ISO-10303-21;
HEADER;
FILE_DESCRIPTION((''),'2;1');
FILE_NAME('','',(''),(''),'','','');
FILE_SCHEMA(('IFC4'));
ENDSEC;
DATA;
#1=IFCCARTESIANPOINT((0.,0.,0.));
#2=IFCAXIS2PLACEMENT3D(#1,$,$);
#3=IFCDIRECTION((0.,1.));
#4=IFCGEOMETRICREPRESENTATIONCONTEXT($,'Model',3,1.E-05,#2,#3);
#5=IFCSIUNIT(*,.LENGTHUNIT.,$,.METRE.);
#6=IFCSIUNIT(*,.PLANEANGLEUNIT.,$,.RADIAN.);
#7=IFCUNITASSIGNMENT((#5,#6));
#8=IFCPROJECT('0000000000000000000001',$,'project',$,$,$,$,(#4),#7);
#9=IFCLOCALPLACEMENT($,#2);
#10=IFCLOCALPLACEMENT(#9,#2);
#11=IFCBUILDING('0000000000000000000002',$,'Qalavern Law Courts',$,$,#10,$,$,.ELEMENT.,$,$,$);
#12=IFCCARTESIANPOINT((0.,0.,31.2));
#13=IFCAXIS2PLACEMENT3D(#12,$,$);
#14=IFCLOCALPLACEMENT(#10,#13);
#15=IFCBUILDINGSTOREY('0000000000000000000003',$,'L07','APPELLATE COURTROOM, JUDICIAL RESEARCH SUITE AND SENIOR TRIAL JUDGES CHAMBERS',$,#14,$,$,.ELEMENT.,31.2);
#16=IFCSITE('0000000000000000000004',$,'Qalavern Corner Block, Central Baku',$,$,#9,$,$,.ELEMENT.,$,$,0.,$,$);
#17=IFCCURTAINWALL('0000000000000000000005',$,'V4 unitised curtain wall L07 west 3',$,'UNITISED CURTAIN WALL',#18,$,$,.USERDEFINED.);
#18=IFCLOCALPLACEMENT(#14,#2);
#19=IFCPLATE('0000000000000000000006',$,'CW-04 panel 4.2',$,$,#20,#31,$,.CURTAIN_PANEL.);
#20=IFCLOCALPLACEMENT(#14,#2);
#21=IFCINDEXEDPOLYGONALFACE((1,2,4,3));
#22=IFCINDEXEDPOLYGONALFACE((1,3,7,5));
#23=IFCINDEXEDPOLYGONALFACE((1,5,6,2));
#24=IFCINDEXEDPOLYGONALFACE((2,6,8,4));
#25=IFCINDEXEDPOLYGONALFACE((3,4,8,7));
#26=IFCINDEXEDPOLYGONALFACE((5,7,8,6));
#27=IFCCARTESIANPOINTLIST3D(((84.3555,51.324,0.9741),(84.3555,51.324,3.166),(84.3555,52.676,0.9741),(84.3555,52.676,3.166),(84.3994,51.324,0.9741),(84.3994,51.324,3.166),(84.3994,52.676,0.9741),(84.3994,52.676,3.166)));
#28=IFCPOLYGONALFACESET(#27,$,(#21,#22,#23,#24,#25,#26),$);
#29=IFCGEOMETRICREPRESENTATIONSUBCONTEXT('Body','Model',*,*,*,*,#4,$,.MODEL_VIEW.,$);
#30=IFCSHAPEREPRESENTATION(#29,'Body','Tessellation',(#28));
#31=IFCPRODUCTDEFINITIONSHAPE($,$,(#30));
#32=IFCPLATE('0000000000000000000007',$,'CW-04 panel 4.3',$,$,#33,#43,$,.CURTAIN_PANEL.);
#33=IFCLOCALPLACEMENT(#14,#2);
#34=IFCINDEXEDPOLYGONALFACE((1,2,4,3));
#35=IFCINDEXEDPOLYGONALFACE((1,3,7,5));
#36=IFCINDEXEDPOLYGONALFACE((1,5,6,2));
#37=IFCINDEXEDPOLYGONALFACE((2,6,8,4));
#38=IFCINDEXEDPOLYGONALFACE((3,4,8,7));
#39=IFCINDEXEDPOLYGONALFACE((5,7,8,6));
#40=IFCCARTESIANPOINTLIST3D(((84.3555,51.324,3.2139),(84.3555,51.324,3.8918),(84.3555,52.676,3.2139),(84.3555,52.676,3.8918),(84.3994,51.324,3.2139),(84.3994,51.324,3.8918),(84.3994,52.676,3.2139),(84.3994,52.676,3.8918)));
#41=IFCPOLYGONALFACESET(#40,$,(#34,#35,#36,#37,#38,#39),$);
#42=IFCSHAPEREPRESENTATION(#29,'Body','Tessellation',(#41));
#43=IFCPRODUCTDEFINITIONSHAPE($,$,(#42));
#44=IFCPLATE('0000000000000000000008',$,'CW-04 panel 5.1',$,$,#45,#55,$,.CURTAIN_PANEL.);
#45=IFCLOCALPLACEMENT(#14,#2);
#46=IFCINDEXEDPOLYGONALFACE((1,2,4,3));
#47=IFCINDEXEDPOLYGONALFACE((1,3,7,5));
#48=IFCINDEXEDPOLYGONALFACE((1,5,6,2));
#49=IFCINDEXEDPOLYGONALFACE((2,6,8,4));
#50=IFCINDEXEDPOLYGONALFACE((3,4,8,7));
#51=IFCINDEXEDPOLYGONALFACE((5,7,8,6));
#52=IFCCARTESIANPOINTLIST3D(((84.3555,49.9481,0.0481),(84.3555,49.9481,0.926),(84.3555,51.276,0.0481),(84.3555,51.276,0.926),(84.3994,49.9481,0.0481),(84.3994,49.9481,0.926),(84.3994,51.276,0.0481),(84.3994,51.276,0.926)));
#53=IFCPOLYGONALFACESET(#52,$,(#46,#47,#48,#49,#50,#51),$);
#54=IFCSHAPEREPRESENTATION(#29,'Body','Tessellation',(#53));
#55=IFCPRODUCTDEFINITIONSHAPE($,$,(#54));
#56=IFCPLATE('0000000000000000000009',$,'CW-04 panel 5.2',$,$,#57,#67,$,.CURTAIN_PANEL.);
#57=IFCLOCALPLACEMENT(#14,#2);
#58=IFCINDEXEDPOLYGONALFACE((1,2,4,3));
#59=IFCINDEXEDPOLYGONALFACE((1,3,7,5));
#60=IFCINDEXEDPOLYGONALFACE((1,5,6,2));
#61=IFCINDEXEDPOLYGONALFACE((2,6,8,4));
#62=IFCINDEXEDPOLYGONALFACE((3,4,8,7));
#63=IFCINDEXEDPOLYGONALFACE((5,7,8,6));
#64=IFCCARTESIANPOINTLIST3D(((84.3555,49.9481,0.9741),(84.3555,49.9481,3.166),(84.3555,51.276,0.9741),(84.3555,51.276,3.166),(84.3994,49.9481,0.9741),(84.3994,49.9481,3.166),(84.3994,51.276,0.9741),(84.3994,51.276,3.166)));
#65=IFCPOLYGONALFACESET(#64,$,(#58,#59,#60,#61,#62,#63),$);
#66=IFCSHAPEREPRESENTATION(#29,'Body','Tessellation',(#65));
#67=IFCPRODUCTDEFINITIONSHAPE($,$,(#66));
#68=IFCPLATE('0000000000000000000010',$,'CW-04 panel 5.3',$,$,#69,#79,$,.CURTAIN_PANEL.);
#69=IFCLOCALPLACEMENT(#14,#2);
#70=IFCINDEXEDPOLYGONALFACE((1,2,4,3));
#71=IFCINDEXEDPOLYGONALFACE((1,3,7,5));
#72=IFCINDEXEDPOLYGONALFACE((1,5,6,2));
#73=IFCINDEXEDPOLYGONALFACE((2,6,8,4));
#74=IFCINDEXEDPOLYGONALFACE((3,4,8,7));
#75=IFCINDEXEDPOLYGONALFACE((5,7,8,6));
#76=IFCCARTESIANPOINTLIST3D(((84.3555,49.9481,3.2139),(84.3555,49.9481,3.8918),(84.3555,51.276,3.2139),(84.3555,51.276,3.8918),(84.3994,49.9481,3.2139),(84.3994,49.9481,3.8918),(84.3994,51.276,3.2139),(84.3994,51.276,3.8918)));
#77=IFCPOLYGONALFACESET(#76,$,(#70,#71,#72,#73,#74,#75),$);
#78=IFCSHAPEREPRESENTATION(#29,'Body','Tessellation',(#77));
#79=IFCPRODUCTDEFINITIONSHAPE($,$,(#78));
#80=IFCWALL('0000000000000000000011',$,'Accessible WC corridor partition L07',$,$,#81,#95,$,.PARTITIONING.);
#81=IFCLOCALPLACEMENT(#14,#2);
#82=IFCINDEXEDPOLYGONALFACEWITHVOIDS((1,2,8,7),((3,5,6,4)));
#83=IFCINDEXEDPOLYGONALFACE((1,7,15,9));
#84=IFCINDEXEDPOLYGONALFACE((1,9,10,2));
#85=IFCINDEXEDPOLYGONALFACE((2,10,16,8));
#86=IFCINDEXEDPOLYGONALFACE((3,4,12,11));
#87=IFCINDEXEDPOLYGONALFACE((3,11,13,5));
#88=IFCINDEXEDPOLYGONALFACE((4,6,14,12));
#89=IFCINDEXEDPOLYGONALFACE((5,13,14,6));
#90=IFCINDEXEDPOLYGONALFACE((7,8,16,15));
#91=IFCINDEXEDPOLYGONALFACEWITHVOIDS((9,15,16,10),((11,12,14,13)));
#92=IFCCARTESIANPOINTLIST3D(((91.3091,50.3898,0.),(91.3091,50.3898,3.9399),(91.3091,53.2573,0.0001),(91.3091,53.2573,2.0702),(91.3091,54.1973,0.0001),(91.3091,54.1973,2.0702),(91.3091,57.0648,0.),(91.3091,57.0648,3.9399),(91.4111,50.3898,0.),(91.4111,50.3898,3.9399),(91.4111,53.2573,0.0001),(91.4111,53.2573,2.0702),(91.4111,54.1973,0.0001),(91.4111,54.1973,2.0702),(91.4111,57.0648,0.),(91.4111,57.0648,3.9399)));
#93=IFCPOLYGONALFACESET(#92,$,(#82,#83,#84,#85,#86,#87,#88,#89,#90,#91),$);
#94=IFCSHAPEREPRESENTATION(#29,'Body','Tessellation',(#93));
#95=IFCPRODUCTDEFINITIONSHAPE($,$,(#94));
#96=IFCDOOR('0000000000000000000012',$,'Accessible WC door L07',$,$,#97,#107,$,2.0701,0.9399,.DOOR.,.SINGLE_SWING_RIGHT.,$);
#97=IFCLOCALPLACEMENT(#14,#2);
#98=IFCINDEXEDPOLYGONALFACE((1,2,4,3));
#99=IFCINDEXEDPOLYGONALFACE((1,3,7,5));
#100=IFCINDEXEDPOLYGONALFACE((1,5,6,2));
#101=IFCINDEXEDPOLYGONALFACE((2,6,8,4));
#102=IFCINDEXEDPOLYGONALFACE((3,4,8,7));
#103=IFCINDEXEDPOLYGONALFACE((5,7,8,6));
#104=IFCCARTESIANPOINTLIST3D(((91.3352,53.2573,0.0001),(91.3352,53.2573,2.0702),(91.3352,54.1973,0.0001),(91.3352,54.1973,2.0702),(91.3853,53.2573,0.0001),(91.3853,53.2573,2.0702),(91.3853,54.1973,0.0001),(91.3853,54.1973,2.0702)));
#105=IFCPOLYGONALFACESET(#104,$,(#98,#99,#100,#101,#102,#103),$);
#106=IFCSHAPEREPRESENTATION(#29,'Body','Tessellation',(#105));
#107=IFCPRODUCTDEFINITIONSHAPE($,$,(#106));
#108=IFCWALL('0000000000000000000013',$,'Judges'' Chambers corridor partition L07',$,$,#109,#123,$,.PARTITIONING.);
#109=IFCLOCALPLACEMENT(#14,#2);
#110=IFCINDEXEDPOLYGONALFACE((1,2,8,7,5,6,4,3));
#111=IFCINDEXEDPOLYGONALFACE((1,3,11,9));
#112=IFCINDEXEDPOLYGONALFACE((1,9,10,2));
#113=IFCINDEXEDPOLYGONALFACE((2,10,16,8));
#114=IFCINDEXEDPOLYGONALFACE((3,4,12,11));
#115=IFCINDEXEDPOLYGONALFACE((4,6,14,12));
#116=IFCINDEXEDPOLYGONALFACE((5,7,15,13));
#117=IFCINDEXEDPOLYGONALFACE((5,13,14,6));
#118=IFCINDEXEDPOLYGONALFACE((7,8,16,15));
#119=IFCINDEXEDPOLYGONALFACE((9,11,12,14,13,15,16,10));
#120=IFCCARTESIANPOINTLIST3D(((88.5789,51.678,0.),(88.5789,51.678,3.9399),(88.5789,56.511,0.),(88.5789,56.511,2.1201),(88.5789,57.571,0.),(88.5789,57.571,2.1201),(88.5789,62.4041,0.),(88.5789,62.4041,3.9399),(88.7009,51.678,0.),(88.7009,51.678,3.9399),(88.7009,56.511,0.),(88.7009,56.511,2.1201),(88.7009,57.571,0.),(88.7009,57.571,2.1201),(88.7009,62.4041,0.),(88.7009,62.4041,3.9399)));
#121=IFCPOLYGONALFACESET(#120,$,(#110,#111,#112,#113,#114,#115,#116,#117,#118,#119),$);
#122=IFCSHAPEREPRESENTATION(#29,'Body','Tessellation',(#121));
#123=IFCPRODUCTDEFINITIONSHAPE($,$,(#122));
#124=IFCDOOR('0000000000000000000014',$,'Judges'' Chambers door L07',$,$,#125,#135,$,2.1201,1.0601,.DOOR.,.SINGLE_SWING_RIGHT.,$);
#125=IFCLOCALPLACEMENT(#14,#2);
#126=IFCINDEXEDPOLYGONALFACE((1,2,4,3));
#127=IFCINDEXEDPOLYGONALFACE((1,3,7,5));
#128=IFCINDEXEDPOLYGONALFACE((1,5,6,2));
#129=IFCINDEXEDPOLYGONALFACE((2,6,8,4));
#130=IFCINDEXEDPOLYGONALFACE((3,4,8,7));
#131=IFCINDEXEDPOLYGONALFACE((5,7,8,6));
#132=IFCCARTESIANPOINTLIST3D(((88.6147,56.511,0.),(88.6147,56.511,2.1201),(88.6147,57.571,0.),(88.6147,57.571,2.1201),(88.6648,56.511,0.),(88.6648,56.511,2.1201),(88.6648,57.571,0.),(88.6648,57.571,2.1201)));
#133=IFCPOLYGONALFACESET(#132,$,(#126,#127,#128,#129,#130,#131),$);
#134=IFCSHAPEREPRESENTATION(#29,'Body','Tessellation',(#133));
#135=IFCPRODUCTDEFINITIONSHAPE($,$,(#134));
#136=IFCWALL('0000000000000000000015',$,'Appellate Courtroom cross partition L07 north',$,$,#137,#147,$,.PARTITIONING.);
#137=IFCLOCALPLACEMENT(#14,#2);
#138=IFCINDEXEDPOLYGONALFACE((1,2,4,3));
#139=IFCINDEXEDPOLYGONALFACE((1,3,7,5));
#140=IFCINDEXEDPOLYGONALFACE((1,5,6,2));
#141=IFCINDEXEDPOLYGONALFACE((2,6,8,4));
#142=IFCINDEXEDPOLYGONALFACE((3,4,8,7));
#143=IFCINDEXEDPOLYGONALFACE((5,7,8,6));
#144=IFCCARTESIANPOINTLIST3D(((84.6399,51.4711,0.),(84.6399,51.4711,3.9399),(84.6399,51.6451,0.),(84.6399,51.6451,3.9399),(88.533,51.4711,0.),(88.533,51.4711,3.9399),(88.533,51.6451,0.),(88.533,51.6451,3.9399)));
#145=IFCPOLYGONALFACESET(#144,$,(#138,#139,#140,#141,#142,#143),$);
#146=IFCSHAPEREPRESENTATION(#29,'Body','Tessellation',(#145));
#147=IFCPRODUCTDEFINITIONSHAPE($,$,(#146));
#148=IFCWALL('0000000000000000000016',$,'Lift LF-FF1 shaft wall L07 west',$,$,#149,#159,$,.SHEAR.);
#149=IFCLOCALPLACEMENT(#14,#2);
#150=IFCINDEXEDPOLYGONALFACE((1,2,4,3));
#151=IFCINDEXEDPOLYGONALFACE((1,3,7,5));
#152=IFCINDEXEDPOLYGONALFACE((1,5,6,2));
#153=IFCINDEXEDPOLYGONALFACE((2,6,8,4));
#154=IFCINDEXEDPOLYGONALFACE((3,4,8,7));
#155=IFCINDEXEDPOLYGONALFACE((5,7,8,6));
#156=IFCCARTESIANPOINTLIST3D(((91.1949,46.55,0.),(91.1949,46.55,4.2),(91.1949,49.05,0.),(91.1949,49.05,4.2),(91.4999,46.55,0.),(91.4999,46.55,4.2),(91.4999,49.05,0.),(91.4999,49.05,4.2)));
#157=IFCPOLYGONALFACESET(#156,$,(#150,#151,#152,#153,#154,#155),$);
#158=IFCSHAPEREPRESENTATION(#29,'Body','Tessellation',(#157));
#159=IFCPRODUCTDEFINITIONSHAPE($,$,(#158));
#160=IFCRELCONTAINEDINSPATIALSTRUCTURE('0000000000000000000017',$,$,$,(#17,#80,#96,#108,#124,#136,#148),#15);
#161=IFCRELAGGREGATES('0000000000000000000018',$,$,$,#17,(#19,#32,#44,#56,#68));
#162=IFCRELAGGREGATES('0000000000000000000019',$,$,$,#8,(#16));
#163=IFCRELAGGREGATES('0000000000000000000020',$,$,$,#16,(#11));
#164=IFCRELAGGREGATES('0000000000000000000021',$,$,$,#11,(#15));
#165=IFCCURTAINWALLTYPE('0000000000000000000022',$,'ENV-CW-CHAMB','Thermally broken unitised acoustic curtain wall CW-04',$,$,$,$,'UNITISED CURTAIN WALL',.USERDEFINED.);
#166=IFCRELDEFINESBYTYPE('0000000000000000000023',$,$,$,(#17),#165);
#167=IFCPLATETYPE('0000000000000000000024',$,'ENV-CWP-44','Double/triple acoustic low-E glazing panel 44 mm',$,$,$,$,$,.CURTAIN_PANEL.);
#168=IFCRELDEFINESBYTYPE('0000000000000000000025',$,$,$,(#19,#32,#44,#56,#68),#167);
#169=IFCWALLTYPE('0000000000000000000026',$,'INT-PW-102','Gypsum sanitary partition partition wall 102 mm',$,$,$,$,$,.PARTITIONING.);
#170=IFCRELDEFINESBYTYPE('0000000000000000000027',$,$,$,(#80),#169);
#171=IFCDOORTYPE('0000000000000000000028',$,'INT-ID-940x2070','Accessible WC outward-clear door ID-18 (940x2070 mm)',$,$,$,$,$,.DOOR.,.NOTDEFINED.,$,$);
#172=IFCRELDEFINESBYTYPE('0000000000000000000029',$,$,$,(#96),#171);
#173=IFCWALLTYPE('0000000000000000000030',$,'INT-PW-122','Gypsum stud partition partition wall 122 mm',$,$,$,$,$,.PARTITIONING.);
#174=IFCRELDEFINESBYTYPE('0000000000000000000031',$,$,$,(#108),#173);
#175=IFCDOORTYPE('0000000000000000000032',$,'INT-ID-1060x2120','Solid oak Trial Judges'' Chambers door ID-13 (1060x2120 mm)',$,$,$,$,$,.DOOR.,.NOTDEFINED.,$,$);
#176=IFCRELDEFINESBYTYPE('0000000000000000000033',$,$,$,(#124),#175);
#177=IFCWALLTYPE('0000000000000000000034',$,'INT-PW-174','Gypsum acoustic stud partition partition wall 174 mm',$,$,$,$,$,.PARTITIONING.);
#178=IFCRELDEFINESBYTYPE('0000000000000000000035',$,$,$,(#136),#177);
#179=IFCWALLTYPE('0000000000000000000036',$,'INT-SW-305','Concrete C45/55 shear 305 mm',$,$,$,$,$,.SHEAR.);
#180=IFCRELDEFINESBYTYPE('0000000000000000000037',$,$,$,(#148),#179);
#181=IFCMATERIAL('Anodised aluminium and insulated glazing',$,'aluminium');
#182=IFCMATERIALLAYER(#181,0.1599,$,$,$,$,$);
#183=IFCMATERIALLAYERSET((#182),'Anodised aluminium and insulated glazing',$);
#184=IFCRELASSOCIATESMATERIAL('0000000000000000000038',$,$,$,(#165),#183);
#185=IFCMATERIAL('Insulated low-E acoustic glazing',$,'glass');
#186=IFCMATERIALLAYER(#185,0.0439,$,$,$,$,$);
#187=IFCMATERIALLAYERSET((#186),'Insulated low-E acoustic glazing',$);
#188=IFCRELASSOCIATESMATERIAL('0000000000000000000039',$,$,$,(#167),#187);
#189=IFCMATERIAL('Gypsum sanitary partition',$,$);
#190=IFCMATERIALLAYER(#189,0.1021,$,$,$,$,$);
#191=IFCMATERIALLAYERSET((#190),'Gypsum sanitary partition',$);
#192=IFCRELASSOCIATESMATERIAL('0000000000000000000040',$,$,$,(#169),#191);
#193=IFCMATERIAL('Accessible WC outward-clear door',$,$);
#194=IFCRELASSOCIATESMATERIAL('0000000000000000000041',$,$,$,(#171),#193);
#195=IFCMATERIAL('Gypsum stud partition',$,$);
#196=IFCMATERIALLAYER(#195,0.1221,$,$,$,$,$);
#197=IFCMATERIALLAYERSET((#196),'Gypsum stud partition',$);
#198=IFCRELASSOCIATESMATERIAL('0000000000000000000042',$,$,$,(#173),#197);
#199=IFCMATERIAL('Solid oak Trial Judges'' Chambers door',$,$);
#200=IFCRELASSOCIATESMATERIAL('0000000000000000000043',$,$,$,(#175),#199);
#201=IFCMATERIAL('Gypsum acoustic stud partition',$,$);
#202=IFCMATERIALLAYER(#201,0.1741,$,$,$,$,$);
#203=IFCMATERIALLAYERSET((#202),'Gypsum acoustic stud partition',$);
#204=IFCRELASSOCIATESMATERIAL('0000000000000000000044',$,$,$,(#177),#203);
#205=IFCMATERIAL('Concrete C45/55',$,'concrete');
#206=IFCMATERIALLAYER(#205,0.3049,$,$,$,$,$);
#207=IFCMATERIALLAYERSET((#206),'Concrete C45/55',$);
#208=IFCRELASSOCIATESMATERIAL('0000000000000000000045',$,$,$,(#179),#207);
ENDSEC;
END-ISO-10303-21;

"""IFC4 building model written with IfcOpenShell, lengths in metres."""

from ifc_helpers import new_model, si_unit, direction, frame, frame_2d, origin, origin_2d, place, context, subcontext, project, spatial, rectangle, extrude, material, layer, layer_set, type_object, element, fill, aggregate, save


model = new_model("IFC4")

# Units and contexts
model_context = context("Model", 3, precision=1e-05, world=origin(), true_north=direction((0.0, 1.0)))
body_context = subcontext(model_context, "Body", "Model", "MODEL_VIEW")
ifc_project = project(units=[si_unit("LENGTHUNIT", "METRE"), si_unit("PLANEANGLEUNIT", "RADIAN")], contexts=[model_context])

# Site, building, storey
site_placement = place(None, origin())
site = spatial("IfcSite", under=ifc_project, at=site_placement, Name="Qalavern Corner Block, Central Baku", CompositionType="ELEMENT", RefElevation=0.0)
building_placement = place(site_placement, origin())
building = spatial("IfcBuilding", under=site, at=building_placement, Name="Qalavern Law Courts", CompositionType="ELEMENT")
storey_placement = place(building_placement, frame((0.0, 0.0, 31.2)))
storey = spatial("IfcBuildingStorey", under=building, at=storey_placement, Name="L07", Description="APPELLATE COURTROOM, JUDICIAL RESEARCH SUITE AND SENIOR TRIAL JUDGES CHAMBERS", CompositionType="ELEMENT", Elevation=31.2)

# Shared definitions
ifc_material_1 = material(Name="Concrete C45/55", Category="concrete")

# Curtain wall
ifc_material_2 = material(Name="Anodised aluminium and insulated glazing", Category="aluminium")
ifc_layer_1 = layer(ifc_material_2, 0.1599)
ifc_layer_set_1 = layer_set([ifc_layer_1], Name="Anodised aluminium and insulated glazing")
curtain_wall_type = type_object("IfcCurtainWallType", Name="ENV-CW-CHAMB", Description="Thermally broken unitised acoustic curtain wall CW-04", ElementType="UNITISED CURTAIN WALL", PredefinedType="USERDEFINED", material=ifc_layer_set_1)
curtain_wall_placement = place(storey_placement, origin())
curtain_wall = element("IfcCurtainWall", 1, at=curtain_wall_placement, inside=storey, type_object=curtain_wall_type, Name="V4 unitised curtain wall L07 west 3", ObjectType="UNITISED CURTAIN WALL", PredefinedType="USERDEFINED")

# Plates
ifc_material_3 = material(Name="Insulated low-E acoustic glazing", Category="glass")
ifc_layer_2 = layer(ifc_material_3, 0.0439)
ifc_layer_set_2 = layer_set([ifc_layer_2], Name="Insulated low-E acoustic glazing")
plate_type = type_object("IfcPlateType", Name="ENV-CWP-44", Description="Double/triple acoustic low-E glazing panel 44 mm", PredefinedType="CURTAIN_PANEL", material=ifc_layer_set_2)
plate_1_placement = place(storey_placement, frame((84.3774, 52.0, 0.9741), z_axis=(0.0, 0.0, 1.0), x_axis=(0.0, -1.0, 0.0)))
plate_1 = element("IfcPlate", 2, at=plate_1_placement, type_object=plate_type, Name="CW-04 panel 4.2", PredefinedType="CURTAIN_PANEL", context=body_context, shape_type="SweptSolid", body=[
    extrude(rectangle(XDim=1.3521, YDim=0.0439, at=origin_2d()), origin(), (0.0, 0.0, 1.0), 2.1919),
])
plate_2_placement = place(storey_placement, frame((84.3774, 52.0, 3.2139), z_axis=(0.0, 0.0, 1.0), x_axis=(0.0, -1.0, 0.0)))
plate_2 = element("IfcPlate", 3, at=plate_2_placement, type_object=plate_type, Name="CW-04 panel 4.3", PredefinedType="CURTAIN_PANEL", context=body_context, shape_type="SweptSolid", body=[
    extrude(rectangle(XDim=1.3521, YDim=0.0439, at=origin_2d()), origin(), (0.0, 0.0, 1.0), 0.678),
])
plate_3_placement = place(storey_placement, frame((84.3774, 50.6121, 0.0481), z_axis=(0.0, 0.0, 1.0), x_axis=(0.0, -1.0, 0.0)))
plate_3 = element("IfcPlate", 4, at=plate_3_placement, type_object=plate_type, Name="CW-04 panel 5.1", PredefinedType="CURTAIN_PANEL", context=body_context, shape_type="SweptSolid", body=[
    extrude(rectangle(XDim=1.3279, YDim=0.0439, at=origin_2d()), origin(), (0.0, 0.0, 1.0), 0.8779),
])
plate_4_placement = place(storey_placement, frame((84.3774, 50.6121, 0.9741), z_axis=(0.0, 0.0, 1.0), x_axis=(0.0, -1.0, 0.0)))
plate_4 = element("IfcPlate", 5, at=plate_4_placement, type_object=plate_type, Name="CW-04 panel 5.2", PredefinedType="CURTAIN_PANEL", context=body_context, shape_type="SweptSolid", body=[
    extrude(rectangle(XDim=1.3279, YDim=0.0439, at=origin_2d()), origin(), (0.0, 0.0, 1.0), 2.1919),
])
plate_5_placement = place(storey_placement, frame((84.3774, 50.6121, 3.2139), z_axis=(0.0, 0.0, 1.0), x_axis=(0.0, -1.0, 0.0)))
plate_5 = element("IfcPlate", 6, at=plate_5_placement, type_object=plate_type, Name="CW-04 panel 5.3", PredefinedType="CURTAIN_PANEL", context=body_context, shape_type="SweptSolid", body=[
    extrude(rectangle(XDim=1.3279, YDim=0.0439, at=origin_2d()), origin(), (0.0, 0.0, 1.0), 0.678),
])
aggregate(curtain_wall, [plate_1, plate_2, plate_3, plate_4, plate_5])

# Walls, openings, doors
ifc_material_4 = material(Name="Gypsum sanitary partition")
ifc_layer_3 = layer(ifc_material_4, 0.1021)
ifc_layer_set_3 = layer_set([ifc_layer_3], Name="Gypsum sanitary partition")
wall_type_1 = type_object("IfcWallType", Name="INT-PW-102", Description="Gypsum sanitary partition partition wall 102 mm", PredefinedType="PARTITIONING", material=ifc_layer_set_3)
wall_1_placement = place(storey_placement, frame((91.3601, 50.3899, 0.0), z_axis=(0.0, 0.0, 1.0), x_axis=(0.0, 1.0, 0.0)))
wall_1 = element("IfcWall", 7, at=wall_1_placement, inside=storey, type_object=wall_type_1, Name="Accessible WC corridor partition L07", PredefinedType="PARTITIONING", context=body_context, shape_type="SweptSolid", body=[
    extrude(rectangle(XDim=6.675, YDim=0.1021, at=frame_2d((3.3374, 0.0))), origin(), (0.0, 0.0, 1.0), 3.9399),
])
opening_1_placement = place(wall_1_placement, frame((2.8674, 0.0, 0.0)))
opening_1 = element("IfcOpeningElement", 8, at=opening_1_placement, cuts=wall_1, PredefinedType="OPENING", context=body_context, shape_type="SweptSolid", body=[
    extrude(rectangle(XDim=0.9399, YDim=2.0701, at=frame_2d((0.47, 1.0352))), frame((0.0, 0.0659, 0.0), z_axis=(0.0, -1.0, 0.0), x_axis=(1.0, 0.0, 0.0)), (0.0, 0.0, 1.0), 0.1318),
])
ifc_material_5 = material(Name="Accessible WC outward-clear door")
door_type_1 = type_object("IfcDoorType", Name="INT-ID-940x2070", Description="Accessible WC outward-clear door ID-18 (940x2070 mm)", OperationType="NOTDEFINED", PredefinedType="DOOR", material=ifc_material_5)
door_1_placement = place(opening_1_placement, origin())
door_1 = element("IfcDoor", 9, at=door_1_placement, inside=storey, type_object=door_type_1, Name="Accessible WC door L07", OperationType="SINGLE_SWING_RIGHT", OverallHeight=2.0701, OverallWidth=0.9399, PredefinedType="DOOR", context=body_context, shape_type="SweptSolid", body=[
    extrude(rectangle(XDim=0.9399, YDim=2.0701, at=frame_2d((0.47, 1.0352))), frame((0.0, 0.0249, 0.0), z_axis=(0.0, -1.0, 0.0), x_axis=(1.0, 0.0, 0.0)), (0.0, 0.0, 1.0), 0.05),
])
fill(opening_1, door_1)
ifc_material_6 = material(Name="Gypsum stud partition")
ifc_layer_4 = layer(ifc_material_6, 0.1221)
ifc_layer_set_4 = layer_set([ifc_layer_4], Name="Gypsum stud partition")
wall_type_2 = type_object("IfcWallType", Name="INT-PW-122", Description="Gypsum stud partition partition wall 122 mm", PredefinedType="PARTITIONING", material=ifc_layer_set_4)
wall_2_placement = place(storey_placement, frame((88.6399, 51.678, 0.0), z_axis=(0.0, 0.0, 1.0), x_axis=(0.0, 1.0, 0.0)))
wall_2 = element("IfcWall", 10, at=wall_2_placement, inside=storey, type_object=wall_type_2, Name="Judges' Chambers corridor partition L07", PredefinedType="PARTITIONING", context=body_context, shape_type="SweptSolid", body=[
    extrude(rectangle(XDim=10.7261, YDim=0.1221, at=frame_2d((5.363, 0.0))), origin(), (0.0, 0.0, 1.0), 3.9399),
])
opening_2_placement = place(wall_2_placement, frame((4.833, 0.0, 0.0)))
opening_2 = element("IfcOpeningElement", 11, at=opening_2_placement, cuts=wall_2, PredefinedType="OPENING", context=body_context, shape_type="SweptSolid", body=[
    extrude(rectangle(XDim=1.0601, YDim=2.1201, at=frame_2d((0.53, 1.0601))), frame((0.0, 0.0759, 0.0), z_axis=(0.0, -1.0, 0.0), x_axis=(1.0, 0.0, 0.0)), (0.0, 0.0, 1.0), 0.1519),
])
ifc_material_7 = material(Name="Solid oak Trial Judges' Chambers door")
door_type_2 = type_object("IfcDoorType", Name="INT-ID-1060x2120", Description="Solid oak Trial Judges' Chambers door ID-13 (1060x2120 mm)", OperationType="NOTDEFINED", PredefinedType="DOOR", material=ifc_material_7)
door_2_placement = place(opening_2_placement, frame((1.0601, 0.0, 0.0), z_axis=(0.0, 0.0, 1.0), x_axis=(-1.0, 0.0, 0.0)))
door_2 = element("IfcDoor", 12, at=door_2_placement, inside=storey, type_object=door_type_2, Name="Judges' Chambers door L07", OperationType="SINGLE_SWING_RIGHT", OverallHeight=2.1201, OverallWidth=1.0601, PredefinedType="DOOR", context=body_context, shape_type="SweptSolid", body=[
    extrude(rectangle(XDim=1.0601, YDim=2.1201, at=frame_2d((0.53, 1.0601))), frame((0.0, 0.0249, 0.0), z_axis=(0.0, -1.0, 0.0), x_axis=(1.0, 0.0, 0.0)), (0.0, 0.0, 1.0), 0.05),
])
fill(opening_2, door_2)

# Walls
ifc_material_8 = material(Name="Gypsum acoustic stud partition")
ifc_layer_5 = layer(ifc_material_8, 0.1741)
ifc_layer_set_5 = layer_set([ifc_layer_5], Name="Gypsum acoustic stud partition")
wall_type_3 = type_object("IfcWallType", Name="INT-PW-174", Description="Gypsum acoustic stud partition partition wall 174 mm", PredefinedType="PARTITIONING", material=ifc_layer_set_5)
wall_3_placement = place(storey_placement, frame((84.6399, 51.5581, 0.0), z_axis=(0.0, 0.0, 1.0), x_axis=(1.0, 0.0, 0.0)))
element("IfcWall", 13, at=wall_3_placement, inside=storey, type_object=wall_type_3, Name="Appellate Courtroom cross partition L07 north", PredefinedType="PARTITIONING", context=body_context, shape_type="SweptSolid", body=[
    extrude(rectangle(XDim=3.8931, YDim=0.1741, at=frame_2d((1.9465, 0.0))), origin(), (0.0, 0.0, 1.0), 3.9399),
])
ifc_layer_6 = layer(ifc_material_1, 0.3049)
ifc_layer_set_6 = layer_set([ifc_layer_6], Name="Concrete C45/55")
wall_type_4 = type_object("IfcWallType", Name="INT-SW-305", Description="Concrete C45/55 shear 305 mm", PredefinedType="SHEAR", material=ifc_layer_set_6)
wall_4_placement = place(storey_placement, frame((91.3474, 49.05, 0.0), z_axis=(0.0, 0.0, 1.0), x_axis=(0.0, -1.0, 0.0)))
element("IfcWall", 14, at=wall_4_placement, inside=storey, type_object=wall_type_4, Name="Lift LF-FF1 shaft wall L07 west", PredefinedType="SHEAR", context=body_context, shape_type="SweptSolid", body=[
    extrude(rectangle(XDim=2.5, YDim=0.3049, at=frame_2d((1.25, 0.0))), origin(), (0.0, 0.0, 1.0), 4.2),
])

save(model, "model.ifc")
